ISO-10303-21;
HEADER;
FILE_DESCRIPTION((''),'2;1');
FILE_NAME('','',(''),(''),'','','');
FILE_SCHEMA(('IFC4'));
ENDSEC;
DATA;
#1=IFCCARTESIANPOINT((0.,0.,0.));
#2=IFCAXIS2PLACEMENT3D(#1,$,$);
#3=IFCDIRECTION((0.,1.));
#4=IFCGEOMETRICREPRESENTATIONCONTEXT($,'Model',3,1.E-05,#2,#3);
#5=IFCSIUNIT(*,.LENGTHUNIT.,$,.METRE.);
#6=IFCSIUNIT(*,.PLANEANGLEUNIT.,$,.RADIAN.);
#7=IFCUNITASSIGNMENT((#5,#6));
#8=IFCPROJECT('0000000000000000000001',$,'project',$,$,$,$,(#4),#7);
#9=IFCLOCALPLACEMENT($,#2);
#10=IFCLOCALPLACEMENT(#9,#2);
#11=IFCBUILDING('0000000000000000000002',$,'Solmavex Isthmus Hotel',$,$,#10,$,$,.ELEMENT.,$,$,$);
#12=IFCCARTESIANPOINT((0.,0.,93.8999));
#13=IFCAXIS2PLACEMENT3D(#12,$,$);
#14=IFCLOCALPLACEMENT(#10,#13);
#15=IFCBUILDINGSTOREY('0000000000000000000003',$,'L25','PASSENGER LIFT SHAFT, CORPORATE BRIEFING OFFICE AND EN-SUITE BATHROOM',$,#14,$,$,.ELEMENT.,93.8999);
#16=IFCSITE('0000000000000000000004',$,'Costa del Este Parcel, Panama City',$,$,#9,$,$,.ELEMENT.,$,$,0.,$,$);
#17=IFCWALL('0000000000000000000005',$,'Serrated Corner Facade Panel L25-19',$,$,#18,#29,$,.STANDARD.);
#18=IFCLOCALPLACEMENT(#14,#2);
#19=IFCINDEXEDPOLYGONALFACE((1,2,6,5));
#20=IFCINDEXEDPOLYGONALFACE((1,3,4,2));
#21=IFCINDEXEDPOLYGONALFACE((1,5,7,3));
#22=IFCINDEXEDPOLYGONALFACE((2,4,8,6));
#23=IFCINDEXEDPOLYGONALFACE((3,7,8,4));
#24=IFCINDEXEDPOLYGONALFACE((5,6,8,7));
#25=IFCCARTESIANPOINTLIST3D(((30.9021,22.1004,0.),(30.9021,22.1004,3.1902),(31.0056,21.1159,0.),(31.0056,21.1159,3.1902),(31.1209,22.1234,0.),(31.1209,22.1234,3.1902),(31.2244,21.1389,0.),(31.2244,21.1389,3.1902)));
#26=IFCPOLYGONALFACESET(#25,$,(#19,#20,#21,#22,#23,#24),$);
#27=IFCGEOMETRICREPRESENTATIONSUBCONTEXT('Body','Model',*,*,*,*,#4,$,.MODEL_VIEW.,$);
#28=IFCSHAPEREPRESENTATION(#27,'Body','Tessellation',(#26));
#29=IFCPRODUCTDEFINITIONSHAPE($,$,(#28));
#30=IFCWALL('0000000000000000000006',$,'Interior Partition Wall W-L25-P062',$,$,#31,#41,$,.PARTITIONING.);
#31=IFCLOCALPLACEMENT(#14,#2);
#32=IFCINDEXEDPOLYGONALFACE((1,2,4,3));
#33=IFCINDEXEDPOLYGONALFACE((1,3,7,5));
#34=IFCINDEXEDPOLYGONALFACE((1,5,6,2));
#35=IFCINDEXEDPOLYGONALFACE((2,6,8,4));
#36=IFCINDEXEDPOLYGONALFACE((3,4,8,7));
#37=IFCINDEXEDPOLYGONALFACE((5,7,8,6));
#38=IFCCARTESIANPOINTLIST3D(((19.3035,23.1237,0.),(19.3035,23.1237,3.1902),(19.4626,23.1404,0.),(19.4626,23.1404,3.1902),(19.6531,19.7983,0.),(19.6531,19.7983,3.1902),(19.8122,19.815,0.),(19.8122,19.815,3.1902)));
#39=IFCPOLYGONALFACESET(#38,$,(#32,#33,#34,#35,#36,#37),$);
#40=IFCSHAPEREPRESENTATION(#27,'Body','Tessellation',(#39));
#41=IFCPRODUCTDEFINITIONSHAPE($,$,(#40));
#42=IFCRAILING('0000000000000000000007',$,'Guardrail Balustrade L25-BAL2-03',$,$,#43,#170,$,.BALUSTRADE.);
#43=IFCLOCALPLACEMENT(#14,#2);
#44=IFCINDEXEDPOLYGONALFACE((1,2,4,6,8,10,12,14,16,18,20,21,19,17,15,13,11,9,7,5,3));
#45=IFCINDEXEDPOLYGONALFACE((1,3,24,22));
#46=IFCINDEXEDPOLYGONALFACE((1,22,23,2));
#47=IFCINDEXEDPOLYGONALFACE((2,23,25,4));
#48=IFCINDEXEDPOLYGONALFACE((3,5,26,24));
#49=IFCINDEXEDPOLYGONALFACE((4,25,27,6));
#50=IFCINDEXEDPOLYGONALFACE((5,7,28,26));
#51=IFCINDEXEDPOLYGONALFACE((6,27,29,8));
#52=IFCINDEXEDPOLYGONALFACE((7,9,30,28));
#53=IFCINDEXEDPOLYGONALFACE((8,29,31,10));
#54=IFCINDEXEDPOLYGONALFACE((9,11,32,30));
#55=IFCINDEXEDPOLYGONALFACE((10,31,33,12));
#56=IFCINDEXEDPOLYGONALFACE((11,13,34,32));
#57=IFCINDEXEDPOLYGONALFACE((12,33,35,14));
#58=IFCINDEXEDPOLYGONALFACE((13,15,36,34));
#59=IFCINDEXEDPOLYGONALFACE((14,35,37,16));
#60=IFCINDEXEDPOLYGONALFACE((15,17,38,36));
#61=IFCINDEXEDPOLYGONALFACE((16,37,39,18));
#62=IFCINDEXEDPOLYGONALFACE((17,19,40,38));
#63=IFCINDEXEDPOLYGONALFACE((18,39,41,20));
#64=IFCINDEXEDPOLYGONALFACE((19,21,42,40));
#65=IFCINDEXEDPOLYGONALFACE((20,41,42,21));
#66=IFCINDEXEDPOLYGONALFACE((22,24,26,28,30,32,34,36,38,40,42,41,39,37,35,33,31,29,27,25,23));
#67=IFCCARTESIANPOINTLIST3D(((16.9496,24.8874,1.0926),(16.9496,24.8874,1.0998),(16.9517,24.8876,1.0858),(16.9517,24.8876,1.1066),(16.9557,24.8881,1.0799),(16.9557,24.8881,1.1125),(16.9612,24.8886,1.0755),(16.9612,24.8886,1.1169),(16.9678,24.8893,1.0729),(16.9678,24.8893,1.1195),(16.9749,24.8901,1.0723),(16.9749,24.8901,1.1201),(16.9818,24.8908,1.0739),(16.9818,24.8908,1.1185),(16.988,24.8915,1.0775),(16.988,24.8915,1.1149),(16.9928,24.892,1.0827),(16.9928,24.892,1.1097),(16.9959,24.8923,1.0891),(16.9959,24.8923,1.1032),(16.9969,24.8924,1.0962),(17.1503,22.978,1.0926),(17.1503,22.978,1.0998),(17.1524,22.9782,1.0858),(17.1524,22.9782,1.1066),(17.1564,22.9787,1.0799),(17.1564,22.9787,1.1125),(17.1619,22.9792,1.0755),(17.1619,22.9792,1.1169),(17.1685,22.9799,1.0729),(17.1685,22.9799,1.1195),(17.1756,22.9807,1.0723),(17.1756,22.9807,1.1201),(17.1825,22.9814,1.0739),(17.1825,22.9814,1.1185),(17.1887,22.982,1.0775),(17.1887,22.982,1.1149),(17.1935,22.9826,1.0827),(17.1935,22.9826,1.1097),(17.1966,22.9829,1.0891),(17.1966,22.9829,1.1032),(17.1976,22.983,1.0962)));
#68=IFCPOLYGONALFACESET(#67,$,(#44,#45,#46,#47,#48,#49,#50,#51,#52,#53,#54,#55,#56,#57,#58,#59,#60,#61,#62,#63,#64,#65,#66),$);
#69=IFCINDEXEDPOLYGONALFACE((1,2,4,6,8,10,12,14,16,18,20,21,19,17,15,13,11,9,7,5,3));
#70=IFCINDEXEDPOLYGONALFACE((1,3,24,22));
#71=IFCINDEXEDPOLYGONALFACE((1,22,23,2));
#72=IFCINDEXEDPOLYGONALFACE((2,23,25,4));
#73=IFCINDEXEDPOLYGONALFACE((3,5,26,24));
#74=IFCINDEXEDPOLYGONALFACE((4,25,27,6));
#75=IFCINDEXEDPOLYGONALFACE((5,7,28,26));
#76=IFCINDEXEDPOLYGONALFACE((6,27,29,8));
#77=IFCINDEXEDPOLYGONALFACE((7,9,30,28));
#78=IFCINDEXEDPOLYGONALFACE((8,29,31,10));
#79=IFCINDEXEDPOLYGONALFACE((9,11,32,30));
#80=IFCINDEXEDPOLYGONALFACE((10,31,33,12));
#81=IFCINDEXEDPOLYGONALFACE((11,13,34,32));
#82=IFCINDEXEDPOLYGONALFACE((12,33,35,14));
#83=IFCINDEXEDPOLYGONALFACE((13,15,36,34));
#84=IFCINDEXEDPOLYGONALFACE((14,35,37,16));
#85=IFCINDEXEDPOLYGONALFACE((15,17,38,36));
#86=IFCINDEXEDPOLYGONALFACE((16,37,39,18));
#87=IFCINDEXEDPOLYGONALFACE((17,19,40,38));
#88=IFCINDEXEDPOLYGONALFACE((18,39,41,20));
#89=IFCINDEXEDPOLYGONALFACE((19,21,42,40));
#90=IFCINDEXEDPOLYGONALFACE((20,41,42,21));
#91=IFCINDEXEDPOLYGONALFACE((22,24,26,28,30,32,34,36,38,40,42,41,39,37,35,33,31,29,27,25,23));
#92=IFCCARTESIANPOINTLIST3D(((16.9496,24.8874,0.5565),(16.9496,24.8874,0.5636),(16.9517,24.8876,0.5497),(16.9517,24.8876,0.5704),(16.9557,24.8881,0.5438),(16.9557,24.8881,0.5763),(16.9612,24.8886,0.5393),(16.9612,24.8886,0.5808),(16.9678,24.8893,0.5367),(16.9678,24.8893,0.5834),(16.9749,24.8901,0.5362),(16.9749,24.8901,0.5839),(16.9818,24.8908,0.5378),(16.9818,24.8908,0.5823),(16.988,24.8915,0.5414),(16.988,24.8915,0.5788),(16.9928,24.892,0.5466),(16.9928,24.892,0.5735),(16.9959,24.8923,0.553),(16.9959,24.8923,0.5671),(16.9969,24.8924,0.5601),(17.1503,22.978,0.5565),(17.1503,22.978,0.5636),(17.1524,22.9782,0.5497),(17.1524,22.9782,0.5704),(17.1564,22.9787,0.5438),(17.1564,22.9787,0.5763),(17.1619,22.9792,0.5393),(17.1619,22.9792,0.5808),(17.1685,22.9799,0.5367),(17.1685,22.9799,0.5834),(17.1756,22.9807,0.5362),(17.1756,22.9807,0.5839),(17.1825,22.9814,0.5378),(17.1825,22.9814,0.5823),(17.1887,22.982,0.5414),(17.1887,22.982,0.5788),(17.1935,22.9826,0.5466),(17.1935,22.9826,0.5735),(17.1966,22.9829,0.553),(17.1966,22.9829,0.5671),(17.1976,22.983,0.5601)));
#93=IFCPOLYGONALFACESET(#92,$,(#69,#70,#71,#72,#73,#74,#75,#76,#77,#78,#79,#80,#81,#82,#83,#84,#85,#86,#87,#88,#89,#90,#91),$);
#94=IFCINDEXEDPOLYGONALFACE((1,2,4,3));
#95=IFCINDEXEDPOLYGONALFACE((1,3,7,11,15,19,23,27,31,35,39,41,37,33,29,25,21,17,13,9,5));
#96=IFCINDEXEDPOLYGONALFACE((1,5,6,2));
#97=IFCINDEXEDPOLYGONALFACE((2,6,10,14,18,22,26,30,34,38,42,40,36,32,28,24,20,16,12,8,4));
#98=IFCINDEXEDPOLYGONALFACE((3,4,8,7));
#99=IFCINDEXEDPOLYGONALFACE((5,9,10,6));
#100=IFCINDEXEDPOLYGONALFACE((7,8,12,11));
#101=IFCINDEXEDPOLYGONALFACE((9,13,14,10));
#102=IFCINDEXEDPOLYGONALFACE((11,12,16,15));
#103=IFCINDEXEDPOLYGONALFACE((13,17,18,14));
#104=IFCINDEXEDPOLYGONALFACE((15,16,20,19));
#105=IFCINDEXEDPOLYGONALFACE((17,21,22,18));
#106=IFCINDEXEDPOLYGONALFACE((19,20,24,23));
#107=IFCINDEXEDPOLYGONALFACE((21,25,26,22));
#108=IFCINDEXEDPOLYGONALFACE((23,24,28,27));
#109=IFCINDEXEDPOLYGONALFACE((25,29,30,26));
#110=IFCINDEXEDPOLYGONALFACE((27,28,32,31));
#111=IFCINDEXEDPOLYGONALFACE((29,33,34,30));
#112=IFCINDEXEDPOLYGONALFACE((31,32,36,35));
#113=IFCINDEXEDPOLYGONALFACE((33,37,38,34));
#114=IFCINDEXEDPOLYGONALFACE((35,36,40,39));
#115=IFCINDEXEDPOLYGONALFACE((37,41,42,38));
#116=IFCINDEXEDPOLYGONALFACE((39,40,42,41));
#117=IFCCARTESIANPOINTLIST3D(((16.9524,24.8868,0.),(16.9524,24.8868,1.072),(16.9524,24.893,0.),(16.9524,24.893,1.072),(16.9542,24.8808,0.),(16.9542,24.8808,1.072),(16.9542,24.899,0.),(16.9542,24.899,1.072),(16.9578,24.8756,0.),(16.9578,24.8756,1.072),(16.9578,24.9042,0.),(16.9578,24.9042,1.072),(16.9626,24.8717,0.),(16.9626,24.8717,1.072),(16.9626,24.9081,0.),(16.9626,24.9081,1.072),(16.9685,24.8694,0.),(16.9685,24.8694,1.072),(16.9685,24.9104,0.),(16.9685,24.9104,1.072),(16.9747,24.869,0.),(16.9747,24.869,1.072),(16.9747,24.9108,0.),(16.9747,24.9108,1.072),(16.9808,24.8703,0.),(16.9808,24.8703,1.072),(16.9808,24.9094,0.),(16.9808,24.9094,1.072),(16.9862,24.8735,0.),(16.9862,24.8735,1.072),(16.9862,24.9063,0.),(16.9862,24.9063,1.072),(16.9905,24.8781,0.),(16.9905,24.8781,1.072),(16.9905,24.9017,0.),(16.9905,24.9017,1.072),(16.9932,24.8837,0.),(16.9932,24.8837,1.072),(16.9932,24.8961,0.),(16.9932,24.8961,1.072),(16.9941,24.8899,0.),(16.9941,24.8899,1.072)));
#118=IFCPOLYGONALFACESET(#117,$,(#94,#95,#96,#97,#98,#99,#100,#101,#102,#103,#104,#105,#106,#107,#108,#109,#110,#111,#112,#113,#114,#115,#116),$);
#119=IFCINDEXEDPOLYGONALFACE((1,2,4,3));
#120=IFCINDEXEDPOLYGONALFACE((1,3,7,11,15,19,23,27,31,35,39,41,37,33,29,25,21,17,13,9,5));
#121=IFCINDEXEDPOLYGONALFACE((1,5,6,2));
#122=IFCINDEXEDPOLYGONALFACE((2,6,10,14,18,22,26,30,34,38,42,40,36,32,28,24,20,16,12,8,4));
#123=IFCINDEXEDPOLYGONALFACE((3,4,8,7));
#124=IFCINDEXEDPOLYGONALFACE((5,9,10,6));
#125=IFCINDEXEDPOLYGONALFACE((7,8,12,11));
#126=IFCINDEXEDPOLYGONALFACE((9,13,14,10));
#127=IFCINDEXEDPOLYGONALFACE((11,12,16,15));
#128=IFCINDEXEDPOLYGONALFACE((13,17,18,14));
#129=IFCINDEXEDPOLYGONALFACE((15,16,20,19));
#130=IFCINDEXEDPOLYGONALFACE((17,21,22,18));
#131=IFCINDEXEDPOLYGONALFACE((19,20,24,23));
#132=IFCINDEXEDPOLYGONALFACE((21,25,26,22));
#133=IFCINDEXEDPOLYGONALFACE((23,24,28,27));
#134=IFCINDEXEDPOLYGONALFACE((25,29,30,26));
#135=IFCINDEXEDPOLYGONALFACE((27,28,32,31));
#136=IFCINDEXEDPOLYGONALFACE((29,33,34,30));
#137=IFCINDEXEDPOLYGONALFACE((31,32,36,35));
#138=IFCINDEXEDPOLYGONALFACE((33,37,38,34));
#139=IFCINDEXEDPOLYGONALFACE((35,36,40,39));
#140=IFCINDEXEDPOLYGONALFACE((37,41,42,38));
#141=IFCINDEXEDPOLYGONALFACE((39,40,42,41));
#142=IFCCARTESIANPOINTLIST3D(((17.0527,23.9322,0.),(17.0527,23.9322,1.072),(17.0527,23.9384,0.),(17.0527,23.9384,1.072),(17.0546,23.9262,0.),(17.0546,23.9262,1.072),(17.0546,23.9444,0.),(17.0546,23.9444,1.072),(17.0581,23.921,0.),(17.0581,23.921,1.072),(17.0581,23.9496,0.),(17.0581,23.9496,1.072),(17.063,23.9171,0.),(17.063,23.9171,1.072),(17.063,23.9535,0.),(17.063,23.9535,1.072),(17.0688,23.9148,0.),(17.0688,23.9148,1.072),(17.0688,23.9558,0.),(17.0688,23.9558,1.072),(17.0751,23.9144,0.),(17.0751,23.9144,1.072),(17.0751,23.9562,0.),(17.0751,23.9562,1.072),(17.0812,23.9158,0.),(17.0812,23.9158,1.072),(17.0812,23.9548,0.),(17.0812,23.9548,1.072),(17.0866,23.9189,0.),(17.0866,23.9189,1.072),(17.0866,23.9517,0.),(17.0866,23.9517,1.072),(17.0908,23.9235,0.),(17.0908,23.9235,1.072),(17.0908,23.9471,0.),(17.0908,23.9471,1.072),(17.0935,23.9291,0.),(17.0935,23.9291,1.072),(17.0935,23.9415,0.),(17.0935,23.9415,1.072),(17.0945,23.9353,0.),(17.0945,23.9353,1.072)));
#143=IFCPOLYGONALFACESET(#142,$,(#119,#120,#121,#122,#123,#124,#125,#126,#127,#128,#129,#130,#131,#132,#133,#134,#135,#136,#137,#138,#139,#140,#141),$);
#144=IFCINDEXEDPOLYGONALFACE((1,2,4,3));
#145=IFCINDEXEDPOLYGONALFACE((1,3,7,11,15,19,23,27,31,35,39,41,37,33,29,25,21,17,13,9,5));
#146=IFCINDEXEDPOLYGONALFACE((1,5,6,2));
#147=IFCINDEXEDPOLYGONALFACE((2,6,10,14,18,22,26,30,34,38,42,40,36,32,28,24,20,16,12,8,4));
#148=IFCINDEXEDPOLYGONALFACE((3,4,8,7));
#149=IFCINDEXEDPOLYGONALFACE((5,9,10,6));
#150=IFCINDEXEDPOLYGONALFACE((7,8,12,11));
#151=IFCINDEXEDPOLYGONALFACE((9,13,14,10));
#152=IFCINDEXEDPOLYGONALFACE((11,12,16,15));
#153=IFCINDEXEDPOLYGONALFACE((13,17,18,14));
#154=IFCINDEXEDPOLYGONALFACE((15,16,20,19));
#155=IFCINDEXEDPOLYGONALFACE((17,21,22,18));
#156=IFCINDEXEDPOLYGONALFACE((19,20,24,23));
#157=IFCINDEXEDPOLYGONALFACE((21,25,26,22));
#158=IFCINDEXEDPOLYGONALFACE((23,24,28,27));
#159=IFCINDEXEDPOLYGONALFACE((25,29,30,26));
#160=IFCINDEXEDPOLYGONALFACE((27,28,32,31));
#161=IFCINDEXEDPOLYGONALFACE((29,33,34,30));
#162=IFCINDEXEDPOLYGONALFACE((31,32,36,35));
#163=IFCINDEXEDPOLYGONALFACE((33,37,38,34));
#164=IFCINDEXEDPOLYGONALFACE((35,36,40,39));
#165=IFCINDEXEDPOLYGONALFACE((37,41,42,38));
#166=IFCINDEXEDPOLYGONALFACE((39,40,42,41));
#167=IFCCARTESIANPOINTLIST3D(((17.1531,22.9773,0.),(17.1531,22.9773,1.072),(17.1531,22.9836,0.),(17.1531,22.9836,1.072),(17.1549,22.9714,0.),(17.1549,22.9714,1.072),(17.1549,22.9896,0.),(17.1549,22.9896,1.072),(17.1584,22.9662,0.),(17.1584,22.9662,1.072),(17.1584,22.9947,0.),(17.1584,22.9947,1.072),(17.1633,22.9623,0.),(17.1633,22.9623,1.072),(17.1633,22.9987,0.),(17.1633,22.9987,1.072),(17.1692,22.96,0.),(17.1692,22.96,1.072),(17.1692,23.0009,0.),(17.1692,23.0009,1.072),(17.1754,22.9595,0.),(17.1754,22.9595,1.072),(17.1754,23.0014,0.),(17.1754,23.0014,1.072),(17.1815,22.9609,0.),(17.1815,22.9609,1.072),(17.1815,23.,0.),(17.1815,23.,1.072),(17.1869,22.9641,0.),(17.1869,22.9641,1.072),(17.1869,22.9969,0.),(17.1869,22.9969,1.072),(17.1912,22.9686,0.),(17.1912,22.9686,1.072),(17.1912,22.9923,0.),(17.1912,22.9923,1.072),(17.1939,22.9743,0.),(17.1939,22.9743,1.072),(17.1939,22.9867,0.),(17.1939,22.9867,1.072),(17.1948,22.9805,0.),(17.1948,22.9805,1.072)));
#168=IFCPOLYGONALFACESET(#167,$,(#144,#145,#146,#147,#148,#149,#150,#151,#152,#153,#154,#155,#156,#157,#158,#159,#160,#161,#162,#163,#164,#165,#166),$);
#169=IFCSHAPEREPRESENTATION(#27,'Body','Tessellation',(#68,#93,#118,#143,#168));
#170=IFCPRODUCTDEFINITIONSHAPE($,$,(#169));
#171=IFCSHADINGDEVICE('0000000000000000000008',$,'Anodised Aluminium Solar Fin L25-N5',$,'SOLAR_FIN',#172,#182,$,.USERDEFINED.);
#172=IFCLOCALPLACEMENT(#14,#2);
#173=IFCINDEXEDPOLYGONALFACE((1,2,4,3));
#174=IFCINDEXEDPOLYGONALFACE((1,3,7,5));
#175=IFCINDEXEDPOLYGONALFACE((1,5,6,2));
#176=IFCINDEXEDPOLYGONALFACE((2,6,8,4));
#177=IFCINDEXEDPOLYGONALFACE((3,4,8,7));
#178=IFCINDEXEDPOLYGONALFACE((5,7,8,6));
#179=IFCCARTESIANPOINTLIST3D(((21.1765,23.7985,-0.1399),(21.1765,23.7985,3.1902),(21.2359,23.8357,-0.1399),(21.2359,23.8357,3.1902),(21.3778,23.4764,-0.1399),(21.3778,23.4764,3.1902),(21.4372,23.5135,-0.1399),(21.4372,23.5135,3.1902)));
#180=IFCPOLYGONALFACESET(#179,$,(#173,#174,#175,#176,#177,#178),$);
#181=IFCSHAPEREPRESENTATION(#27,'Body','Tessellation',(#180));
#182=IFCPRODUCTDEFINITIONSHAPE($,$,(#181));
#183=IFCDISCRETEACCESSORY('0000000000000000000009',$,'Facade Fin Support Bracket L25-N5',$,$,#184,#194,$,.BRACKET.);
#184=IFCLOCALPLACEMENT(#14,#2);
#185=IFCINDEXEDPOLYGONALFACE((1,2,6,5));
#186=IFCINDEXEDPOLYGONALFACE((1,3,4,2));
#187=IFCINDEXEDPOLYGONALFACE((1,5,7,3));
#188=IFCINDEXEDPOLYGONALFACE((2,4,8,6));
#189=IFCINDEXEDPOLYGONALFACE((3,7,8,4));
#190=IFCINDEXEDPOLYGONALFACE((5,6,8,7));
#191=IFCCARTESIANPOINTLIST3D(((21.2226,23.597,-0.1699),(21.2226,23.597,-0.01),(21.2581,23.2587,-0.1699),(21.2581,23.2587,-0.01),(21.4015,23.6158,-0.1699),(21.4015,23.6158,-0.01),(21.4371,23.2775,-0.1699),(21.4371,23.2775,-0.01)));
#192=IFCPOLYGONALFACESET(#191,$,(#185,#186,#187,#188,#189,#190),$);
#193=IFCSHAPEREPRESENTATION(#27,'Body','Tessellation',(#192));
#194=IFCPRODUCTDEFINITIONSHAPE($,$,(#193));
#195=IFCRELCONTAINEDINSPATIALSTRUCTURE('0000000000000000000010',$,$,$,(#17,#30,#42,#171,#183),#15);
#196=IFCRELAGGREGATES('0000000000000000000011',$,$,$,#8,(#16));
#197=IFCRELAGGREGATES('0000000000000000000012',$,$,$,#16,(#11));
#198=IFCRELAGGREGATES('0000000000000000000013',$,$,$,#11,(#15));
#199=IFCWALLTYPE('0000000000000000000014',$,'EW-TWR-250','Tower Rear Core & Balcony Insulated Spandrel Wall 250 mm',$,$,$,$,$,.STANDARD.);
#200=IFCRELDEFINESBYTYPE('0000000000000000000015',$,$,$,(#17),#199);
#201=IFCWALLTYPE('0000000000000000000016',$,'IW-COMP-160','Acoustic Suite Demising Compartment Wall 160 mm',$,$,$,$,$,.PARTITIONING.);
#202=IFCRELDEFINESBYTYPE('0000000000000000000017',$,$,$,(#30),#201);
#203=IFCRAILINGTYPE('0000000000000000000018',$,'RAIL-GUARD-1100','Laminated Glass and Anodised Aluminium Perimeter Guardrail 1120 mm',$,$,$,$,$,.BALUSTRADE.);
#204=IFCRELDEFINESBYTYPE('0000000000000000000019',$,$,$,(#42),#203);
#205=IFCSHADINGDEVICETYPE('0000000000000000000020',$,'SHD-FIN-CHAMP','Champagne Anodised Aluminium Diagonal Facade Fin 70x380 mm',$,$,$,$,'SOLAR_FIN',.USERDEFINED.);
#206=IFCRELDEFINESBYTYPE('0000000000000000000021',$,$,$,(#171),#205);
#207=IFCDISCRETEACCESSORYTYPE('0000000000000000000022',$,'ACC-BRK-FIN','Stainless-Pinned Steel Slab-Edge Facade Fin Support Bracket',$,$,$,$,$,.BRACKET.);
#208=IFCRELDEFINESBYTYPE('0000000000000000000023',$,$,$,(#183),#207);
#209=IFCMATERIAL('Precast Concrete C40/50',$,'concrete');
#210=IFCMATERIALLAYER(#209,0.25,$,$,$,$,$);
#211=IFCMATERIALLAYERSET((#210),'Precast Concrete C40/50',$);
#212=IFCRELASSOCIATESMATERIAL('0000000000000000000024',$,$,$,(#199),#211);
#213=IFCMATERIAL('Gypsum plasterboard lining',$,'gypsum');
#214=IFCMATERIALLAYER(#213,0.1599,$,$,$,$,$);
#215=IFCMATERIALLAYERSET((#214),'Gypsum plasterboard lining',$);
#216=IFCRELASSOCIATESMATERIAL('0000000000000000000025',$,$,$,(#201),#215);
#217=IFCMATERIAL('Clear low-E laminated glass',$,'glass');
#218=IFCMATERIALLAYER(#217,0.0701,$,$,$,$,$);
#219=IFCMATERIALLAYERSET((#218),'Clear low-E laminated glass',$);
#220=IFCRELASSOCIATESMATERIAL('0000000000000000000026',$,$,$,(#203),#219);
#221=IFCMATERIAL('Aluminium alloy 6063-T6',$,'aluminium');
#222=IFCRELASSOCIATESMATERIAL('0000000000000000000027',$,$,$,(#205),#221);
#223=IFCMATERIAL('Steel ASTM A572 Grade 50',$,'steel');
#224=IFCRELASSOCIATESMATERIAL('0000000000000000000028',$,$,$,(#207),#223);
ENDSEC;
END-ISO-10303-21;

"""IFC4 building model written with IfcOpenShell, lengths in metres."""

from ifc_helpers import new_model, si_unit, direction, frame, frame_2d, origin, origin_2d, place, context, subcontext, project, spatial, rectangle, circle, extrude, material, layer, layer_set, type_object, element, save


model = new_model("IFC4")

# Units and contexts
model_context = context("Model", 3, precision=1e-05, world=origin(), true_north=direction((0.0, 1.0)))
body_context = subcontext(model_context, "Body", "Model", "MODEL_VIEW")
ifc_project = project(units=[si_unit("LENGTHUNIT", "METRE"), si_unit("PLANEANGLEUNIT", "RADIAN")], contexts=[model_context])

# Site, building, storey
site_placement = place(None, origin())
site = spatial("IfcSite", under=ifc_project, at=site_placement, Name="Costa del Este Parcel, Panama City", CompositionType="ELEMENT", RefElevation=0.0)
building_placement = place(site_placement, origin())
building = spatial("IfcBuilding", under=site, at=building_placement, Name="Solmavex Isthmus Hotel", CompositionType="ELEMENT")
storey_placement = place(building_placement, frame((0.0, 0.0, 93.8999)))
storey = spatial("IfcBuildingStorey", under=building, at=storey_placement, Name="L25", Description="PASSENGER LIFT SHAFT, CORPORATE BRIEFING OFFICE AND EN-SUITE BATHROOM", CompositionType="ELEMENT", Elevation=93.8999)

# Shared definitions
ifc_material_1 = material(Name="Aluminium alloy 6063-T6", Category="aluminium")

# Shared definitions
ifc_material_2 = material(Name="Clear low-E laminated glass", Category="glass")

# Walls
ifc_material_3 = material(Name="Precast Concrete C40/50", Category="concrete")
ifc_layer_1 = layer(ifc_material_3, 0.25)
ifc_layer_set_1 = layer_set([ifc_layer_1], Name="Precast Concrete C40/50")
wall_type_1 = type_object("IfcWallType", Name="EW-TWR-250", Description="Tower Rear Core & Balcony Insulated Spandrel Wall 250 mm", PredefinedType="STANDARD", material=ifc_layer_set_1)
wall_1_placement = place(storey_placement, frame((31.0115, 22.1121, 0.0), z_axis=(0.0, 0.0, 1.0), x_axis=(0.104556, -0.994519, 0.0)))
element("IfcWall", 1, at=wall_1_placement, inside=storey, type_object=wall_type_1, Name="Serrated Corner Facade Panel L25-19", PredefinedType="STANDARD", context=body_context, shape_type="SweptSolid", body=[
    extrude(rectangle(XDim=0.99, YDim=0.22, at=frame_2d((0.4951, 0.0))), origin(), (0.0, 0.0, 1.0), 3.1902),
])
ifc_material_4 = material(Name="Gypsum plasterboard lining", Category="gypsum")
ifc_layer_2 = layer(ifc_material_4, 0.1599)
ifc_layer_set_2 = layer_set([ifc_layer_2], Name="Gypsum plasterboard lining")
wall_type_2 = type_object("IfcWallType", Name="IW-COMP-160", Description="Acoustic Suite Demising Compartment Wall 160 mm", PredefinedType="PARTITIONING", material=ifc_layer_set_2)
wall_2_placement = place(storey_placement, frame((19.3831, 23.1321, 0.0), z_axis=(0.0, 0.0, 1.0), x_axis=(0.104556, -0.994519, 0.0)))
element("IfcWall", 2, at=wall_2_placement, inside=storey, type_object=wall_type_2, Name="Interior Partition Wall W-L25-P062", PredefinedType="PARTITIONING", context=body_context, shape_type="SweptSolid", body=[
    extrude(rectangle(XDim=3.3438, YDim=0.1599, at=frame_2d((1.6719, 0.0))), origin(), (0.0, 0.0, 1.0), 3.1902),
])

# Railing
ifc_layer_3 = layer(ifc_material_2, 0.0701)
ifc_layer_set_3 = layer_set([ifc_layer_3], Name="Clear low-E laminated glass")
railing_type = type_object("IfcRailingType", Name="RAIL-GUARD-1100", Description="Laminated Glass and Anodised Aluminium Perimeter Guardrail 1120 mm", PredefinedType="BALUSTRADE", material=ifc_layer_set_3)
railing_placement = place(storey_placement, frame((16.9731, 24.8899, 0.0)))
element("IfcRailing", 3, at=railing_placement, inside=storey, type_object=railing_type, Name="Guardrail Balustrade L25-BAL2-03", PredefinedType="BALUSTRADE", context=body_context, shape_type="SweptSolid", body=[
    extrude(circle(Radius=0.0239, at=origin_2d()), frame((0.0, 0.0, 1.0962), z_axis=(0.104526, -0.994522, 0.0), x_axis=(0.994522, 0.104526, 0.0)), (0.0, 0.0, 1.0), 1.9199),
    extrude(circle(Radius=0.0239, at=origin_2d()), frame((0.0, 0.0, 0.5601), z_axis=(0.104526, -0.994522, 0.0), x_axis=(0.994522, 0.104526, 0.0)), (0.0, 0.0, 1.0), 1.9199),
    extrude(circle(Radius=0.021, at=origin_2d()), origin(), (0.0, 0.0, 1.0), 1.072),
    extrude(circle(Radius=0.021, at=origin_2d()), frame((0.1003, -0.9546, 0.0)), (0.0, 0.0, 1.0), 1.072),
    extrude(circle(Radius=0.021, at=origin_2d()), frame((0.2007, -1.9094, 0.0)), (0.0, 0.0, 1.0), 1.072),
])

# Shading device
shading_device_type = type_object("IfcShadingDeviceType", Name="SHD-FIN-CHAMP", Description="Champagne Anodised Aluminium Diagonal Facade Fin 70x380 mm", ElementType="SOLAR_FIN", PredefinedType="USERDEFINED", material=ifc_material_1)
shading_device_placement = place(storey_placement, frame((21.3069, 23.656, -0.1399), z_axis=(0.0, 0.0, 1.0), x_axis=(-0.529919, 0.848048, 0.0)))
element("IfcShadingDevice", 4, at=shading_device_placement, inside=storey, type_object=shading_device_type, Name="Anodised Aluminium Solar Fin L25-N5", ObjectType="SOLAR_FIN", PredefinedType="USERDEFINED", context=body_context, shape_type="SweptSolid", body=[
    extrude(rectangle(XDim=0.3799, YDim=0.0701, at=origin_2d()), origin(), (0.0, 0.0, 1.0), 3.3301),
])

# Discrete accessory
ifc_material_5 = material(Name="Steel ASTM A572 Grade 50", Category="steel")
discrete_accessory_type = type_object("IfcDiscreteAccessoryType", Name="ACC-BRK-FIN", Description="Stainless-Pinned Steel Slab-Edge Facade Fin Support Bracket", PredefinedType="BRACKET", material=ifc_material_5)
discrete_accessory_placement = place(storey_placement, frame((21.3298, 23.4373, -0.1699), z_axis=(0.0, 0.0, 1.0), x_axis=(-0.104528, 0.994522, 0.0)))
element("IfcDiscreteAccessory", 5, at=discrete_accessory_placement, inside=storey, type_object=discrete_accessory_type, Name="Facade Fin Support Bracket L25-N5", PredefinedType="BRACKET", context=body_context, shape_type="SweptSolid", body=[
    extrude(rectangle(XDim=0.3401, YDim=0.1799, at=origin_2d()), origin(), (0.0, 0.0, 1.0), 0.1599),
])

save(model, "model.ifc")
